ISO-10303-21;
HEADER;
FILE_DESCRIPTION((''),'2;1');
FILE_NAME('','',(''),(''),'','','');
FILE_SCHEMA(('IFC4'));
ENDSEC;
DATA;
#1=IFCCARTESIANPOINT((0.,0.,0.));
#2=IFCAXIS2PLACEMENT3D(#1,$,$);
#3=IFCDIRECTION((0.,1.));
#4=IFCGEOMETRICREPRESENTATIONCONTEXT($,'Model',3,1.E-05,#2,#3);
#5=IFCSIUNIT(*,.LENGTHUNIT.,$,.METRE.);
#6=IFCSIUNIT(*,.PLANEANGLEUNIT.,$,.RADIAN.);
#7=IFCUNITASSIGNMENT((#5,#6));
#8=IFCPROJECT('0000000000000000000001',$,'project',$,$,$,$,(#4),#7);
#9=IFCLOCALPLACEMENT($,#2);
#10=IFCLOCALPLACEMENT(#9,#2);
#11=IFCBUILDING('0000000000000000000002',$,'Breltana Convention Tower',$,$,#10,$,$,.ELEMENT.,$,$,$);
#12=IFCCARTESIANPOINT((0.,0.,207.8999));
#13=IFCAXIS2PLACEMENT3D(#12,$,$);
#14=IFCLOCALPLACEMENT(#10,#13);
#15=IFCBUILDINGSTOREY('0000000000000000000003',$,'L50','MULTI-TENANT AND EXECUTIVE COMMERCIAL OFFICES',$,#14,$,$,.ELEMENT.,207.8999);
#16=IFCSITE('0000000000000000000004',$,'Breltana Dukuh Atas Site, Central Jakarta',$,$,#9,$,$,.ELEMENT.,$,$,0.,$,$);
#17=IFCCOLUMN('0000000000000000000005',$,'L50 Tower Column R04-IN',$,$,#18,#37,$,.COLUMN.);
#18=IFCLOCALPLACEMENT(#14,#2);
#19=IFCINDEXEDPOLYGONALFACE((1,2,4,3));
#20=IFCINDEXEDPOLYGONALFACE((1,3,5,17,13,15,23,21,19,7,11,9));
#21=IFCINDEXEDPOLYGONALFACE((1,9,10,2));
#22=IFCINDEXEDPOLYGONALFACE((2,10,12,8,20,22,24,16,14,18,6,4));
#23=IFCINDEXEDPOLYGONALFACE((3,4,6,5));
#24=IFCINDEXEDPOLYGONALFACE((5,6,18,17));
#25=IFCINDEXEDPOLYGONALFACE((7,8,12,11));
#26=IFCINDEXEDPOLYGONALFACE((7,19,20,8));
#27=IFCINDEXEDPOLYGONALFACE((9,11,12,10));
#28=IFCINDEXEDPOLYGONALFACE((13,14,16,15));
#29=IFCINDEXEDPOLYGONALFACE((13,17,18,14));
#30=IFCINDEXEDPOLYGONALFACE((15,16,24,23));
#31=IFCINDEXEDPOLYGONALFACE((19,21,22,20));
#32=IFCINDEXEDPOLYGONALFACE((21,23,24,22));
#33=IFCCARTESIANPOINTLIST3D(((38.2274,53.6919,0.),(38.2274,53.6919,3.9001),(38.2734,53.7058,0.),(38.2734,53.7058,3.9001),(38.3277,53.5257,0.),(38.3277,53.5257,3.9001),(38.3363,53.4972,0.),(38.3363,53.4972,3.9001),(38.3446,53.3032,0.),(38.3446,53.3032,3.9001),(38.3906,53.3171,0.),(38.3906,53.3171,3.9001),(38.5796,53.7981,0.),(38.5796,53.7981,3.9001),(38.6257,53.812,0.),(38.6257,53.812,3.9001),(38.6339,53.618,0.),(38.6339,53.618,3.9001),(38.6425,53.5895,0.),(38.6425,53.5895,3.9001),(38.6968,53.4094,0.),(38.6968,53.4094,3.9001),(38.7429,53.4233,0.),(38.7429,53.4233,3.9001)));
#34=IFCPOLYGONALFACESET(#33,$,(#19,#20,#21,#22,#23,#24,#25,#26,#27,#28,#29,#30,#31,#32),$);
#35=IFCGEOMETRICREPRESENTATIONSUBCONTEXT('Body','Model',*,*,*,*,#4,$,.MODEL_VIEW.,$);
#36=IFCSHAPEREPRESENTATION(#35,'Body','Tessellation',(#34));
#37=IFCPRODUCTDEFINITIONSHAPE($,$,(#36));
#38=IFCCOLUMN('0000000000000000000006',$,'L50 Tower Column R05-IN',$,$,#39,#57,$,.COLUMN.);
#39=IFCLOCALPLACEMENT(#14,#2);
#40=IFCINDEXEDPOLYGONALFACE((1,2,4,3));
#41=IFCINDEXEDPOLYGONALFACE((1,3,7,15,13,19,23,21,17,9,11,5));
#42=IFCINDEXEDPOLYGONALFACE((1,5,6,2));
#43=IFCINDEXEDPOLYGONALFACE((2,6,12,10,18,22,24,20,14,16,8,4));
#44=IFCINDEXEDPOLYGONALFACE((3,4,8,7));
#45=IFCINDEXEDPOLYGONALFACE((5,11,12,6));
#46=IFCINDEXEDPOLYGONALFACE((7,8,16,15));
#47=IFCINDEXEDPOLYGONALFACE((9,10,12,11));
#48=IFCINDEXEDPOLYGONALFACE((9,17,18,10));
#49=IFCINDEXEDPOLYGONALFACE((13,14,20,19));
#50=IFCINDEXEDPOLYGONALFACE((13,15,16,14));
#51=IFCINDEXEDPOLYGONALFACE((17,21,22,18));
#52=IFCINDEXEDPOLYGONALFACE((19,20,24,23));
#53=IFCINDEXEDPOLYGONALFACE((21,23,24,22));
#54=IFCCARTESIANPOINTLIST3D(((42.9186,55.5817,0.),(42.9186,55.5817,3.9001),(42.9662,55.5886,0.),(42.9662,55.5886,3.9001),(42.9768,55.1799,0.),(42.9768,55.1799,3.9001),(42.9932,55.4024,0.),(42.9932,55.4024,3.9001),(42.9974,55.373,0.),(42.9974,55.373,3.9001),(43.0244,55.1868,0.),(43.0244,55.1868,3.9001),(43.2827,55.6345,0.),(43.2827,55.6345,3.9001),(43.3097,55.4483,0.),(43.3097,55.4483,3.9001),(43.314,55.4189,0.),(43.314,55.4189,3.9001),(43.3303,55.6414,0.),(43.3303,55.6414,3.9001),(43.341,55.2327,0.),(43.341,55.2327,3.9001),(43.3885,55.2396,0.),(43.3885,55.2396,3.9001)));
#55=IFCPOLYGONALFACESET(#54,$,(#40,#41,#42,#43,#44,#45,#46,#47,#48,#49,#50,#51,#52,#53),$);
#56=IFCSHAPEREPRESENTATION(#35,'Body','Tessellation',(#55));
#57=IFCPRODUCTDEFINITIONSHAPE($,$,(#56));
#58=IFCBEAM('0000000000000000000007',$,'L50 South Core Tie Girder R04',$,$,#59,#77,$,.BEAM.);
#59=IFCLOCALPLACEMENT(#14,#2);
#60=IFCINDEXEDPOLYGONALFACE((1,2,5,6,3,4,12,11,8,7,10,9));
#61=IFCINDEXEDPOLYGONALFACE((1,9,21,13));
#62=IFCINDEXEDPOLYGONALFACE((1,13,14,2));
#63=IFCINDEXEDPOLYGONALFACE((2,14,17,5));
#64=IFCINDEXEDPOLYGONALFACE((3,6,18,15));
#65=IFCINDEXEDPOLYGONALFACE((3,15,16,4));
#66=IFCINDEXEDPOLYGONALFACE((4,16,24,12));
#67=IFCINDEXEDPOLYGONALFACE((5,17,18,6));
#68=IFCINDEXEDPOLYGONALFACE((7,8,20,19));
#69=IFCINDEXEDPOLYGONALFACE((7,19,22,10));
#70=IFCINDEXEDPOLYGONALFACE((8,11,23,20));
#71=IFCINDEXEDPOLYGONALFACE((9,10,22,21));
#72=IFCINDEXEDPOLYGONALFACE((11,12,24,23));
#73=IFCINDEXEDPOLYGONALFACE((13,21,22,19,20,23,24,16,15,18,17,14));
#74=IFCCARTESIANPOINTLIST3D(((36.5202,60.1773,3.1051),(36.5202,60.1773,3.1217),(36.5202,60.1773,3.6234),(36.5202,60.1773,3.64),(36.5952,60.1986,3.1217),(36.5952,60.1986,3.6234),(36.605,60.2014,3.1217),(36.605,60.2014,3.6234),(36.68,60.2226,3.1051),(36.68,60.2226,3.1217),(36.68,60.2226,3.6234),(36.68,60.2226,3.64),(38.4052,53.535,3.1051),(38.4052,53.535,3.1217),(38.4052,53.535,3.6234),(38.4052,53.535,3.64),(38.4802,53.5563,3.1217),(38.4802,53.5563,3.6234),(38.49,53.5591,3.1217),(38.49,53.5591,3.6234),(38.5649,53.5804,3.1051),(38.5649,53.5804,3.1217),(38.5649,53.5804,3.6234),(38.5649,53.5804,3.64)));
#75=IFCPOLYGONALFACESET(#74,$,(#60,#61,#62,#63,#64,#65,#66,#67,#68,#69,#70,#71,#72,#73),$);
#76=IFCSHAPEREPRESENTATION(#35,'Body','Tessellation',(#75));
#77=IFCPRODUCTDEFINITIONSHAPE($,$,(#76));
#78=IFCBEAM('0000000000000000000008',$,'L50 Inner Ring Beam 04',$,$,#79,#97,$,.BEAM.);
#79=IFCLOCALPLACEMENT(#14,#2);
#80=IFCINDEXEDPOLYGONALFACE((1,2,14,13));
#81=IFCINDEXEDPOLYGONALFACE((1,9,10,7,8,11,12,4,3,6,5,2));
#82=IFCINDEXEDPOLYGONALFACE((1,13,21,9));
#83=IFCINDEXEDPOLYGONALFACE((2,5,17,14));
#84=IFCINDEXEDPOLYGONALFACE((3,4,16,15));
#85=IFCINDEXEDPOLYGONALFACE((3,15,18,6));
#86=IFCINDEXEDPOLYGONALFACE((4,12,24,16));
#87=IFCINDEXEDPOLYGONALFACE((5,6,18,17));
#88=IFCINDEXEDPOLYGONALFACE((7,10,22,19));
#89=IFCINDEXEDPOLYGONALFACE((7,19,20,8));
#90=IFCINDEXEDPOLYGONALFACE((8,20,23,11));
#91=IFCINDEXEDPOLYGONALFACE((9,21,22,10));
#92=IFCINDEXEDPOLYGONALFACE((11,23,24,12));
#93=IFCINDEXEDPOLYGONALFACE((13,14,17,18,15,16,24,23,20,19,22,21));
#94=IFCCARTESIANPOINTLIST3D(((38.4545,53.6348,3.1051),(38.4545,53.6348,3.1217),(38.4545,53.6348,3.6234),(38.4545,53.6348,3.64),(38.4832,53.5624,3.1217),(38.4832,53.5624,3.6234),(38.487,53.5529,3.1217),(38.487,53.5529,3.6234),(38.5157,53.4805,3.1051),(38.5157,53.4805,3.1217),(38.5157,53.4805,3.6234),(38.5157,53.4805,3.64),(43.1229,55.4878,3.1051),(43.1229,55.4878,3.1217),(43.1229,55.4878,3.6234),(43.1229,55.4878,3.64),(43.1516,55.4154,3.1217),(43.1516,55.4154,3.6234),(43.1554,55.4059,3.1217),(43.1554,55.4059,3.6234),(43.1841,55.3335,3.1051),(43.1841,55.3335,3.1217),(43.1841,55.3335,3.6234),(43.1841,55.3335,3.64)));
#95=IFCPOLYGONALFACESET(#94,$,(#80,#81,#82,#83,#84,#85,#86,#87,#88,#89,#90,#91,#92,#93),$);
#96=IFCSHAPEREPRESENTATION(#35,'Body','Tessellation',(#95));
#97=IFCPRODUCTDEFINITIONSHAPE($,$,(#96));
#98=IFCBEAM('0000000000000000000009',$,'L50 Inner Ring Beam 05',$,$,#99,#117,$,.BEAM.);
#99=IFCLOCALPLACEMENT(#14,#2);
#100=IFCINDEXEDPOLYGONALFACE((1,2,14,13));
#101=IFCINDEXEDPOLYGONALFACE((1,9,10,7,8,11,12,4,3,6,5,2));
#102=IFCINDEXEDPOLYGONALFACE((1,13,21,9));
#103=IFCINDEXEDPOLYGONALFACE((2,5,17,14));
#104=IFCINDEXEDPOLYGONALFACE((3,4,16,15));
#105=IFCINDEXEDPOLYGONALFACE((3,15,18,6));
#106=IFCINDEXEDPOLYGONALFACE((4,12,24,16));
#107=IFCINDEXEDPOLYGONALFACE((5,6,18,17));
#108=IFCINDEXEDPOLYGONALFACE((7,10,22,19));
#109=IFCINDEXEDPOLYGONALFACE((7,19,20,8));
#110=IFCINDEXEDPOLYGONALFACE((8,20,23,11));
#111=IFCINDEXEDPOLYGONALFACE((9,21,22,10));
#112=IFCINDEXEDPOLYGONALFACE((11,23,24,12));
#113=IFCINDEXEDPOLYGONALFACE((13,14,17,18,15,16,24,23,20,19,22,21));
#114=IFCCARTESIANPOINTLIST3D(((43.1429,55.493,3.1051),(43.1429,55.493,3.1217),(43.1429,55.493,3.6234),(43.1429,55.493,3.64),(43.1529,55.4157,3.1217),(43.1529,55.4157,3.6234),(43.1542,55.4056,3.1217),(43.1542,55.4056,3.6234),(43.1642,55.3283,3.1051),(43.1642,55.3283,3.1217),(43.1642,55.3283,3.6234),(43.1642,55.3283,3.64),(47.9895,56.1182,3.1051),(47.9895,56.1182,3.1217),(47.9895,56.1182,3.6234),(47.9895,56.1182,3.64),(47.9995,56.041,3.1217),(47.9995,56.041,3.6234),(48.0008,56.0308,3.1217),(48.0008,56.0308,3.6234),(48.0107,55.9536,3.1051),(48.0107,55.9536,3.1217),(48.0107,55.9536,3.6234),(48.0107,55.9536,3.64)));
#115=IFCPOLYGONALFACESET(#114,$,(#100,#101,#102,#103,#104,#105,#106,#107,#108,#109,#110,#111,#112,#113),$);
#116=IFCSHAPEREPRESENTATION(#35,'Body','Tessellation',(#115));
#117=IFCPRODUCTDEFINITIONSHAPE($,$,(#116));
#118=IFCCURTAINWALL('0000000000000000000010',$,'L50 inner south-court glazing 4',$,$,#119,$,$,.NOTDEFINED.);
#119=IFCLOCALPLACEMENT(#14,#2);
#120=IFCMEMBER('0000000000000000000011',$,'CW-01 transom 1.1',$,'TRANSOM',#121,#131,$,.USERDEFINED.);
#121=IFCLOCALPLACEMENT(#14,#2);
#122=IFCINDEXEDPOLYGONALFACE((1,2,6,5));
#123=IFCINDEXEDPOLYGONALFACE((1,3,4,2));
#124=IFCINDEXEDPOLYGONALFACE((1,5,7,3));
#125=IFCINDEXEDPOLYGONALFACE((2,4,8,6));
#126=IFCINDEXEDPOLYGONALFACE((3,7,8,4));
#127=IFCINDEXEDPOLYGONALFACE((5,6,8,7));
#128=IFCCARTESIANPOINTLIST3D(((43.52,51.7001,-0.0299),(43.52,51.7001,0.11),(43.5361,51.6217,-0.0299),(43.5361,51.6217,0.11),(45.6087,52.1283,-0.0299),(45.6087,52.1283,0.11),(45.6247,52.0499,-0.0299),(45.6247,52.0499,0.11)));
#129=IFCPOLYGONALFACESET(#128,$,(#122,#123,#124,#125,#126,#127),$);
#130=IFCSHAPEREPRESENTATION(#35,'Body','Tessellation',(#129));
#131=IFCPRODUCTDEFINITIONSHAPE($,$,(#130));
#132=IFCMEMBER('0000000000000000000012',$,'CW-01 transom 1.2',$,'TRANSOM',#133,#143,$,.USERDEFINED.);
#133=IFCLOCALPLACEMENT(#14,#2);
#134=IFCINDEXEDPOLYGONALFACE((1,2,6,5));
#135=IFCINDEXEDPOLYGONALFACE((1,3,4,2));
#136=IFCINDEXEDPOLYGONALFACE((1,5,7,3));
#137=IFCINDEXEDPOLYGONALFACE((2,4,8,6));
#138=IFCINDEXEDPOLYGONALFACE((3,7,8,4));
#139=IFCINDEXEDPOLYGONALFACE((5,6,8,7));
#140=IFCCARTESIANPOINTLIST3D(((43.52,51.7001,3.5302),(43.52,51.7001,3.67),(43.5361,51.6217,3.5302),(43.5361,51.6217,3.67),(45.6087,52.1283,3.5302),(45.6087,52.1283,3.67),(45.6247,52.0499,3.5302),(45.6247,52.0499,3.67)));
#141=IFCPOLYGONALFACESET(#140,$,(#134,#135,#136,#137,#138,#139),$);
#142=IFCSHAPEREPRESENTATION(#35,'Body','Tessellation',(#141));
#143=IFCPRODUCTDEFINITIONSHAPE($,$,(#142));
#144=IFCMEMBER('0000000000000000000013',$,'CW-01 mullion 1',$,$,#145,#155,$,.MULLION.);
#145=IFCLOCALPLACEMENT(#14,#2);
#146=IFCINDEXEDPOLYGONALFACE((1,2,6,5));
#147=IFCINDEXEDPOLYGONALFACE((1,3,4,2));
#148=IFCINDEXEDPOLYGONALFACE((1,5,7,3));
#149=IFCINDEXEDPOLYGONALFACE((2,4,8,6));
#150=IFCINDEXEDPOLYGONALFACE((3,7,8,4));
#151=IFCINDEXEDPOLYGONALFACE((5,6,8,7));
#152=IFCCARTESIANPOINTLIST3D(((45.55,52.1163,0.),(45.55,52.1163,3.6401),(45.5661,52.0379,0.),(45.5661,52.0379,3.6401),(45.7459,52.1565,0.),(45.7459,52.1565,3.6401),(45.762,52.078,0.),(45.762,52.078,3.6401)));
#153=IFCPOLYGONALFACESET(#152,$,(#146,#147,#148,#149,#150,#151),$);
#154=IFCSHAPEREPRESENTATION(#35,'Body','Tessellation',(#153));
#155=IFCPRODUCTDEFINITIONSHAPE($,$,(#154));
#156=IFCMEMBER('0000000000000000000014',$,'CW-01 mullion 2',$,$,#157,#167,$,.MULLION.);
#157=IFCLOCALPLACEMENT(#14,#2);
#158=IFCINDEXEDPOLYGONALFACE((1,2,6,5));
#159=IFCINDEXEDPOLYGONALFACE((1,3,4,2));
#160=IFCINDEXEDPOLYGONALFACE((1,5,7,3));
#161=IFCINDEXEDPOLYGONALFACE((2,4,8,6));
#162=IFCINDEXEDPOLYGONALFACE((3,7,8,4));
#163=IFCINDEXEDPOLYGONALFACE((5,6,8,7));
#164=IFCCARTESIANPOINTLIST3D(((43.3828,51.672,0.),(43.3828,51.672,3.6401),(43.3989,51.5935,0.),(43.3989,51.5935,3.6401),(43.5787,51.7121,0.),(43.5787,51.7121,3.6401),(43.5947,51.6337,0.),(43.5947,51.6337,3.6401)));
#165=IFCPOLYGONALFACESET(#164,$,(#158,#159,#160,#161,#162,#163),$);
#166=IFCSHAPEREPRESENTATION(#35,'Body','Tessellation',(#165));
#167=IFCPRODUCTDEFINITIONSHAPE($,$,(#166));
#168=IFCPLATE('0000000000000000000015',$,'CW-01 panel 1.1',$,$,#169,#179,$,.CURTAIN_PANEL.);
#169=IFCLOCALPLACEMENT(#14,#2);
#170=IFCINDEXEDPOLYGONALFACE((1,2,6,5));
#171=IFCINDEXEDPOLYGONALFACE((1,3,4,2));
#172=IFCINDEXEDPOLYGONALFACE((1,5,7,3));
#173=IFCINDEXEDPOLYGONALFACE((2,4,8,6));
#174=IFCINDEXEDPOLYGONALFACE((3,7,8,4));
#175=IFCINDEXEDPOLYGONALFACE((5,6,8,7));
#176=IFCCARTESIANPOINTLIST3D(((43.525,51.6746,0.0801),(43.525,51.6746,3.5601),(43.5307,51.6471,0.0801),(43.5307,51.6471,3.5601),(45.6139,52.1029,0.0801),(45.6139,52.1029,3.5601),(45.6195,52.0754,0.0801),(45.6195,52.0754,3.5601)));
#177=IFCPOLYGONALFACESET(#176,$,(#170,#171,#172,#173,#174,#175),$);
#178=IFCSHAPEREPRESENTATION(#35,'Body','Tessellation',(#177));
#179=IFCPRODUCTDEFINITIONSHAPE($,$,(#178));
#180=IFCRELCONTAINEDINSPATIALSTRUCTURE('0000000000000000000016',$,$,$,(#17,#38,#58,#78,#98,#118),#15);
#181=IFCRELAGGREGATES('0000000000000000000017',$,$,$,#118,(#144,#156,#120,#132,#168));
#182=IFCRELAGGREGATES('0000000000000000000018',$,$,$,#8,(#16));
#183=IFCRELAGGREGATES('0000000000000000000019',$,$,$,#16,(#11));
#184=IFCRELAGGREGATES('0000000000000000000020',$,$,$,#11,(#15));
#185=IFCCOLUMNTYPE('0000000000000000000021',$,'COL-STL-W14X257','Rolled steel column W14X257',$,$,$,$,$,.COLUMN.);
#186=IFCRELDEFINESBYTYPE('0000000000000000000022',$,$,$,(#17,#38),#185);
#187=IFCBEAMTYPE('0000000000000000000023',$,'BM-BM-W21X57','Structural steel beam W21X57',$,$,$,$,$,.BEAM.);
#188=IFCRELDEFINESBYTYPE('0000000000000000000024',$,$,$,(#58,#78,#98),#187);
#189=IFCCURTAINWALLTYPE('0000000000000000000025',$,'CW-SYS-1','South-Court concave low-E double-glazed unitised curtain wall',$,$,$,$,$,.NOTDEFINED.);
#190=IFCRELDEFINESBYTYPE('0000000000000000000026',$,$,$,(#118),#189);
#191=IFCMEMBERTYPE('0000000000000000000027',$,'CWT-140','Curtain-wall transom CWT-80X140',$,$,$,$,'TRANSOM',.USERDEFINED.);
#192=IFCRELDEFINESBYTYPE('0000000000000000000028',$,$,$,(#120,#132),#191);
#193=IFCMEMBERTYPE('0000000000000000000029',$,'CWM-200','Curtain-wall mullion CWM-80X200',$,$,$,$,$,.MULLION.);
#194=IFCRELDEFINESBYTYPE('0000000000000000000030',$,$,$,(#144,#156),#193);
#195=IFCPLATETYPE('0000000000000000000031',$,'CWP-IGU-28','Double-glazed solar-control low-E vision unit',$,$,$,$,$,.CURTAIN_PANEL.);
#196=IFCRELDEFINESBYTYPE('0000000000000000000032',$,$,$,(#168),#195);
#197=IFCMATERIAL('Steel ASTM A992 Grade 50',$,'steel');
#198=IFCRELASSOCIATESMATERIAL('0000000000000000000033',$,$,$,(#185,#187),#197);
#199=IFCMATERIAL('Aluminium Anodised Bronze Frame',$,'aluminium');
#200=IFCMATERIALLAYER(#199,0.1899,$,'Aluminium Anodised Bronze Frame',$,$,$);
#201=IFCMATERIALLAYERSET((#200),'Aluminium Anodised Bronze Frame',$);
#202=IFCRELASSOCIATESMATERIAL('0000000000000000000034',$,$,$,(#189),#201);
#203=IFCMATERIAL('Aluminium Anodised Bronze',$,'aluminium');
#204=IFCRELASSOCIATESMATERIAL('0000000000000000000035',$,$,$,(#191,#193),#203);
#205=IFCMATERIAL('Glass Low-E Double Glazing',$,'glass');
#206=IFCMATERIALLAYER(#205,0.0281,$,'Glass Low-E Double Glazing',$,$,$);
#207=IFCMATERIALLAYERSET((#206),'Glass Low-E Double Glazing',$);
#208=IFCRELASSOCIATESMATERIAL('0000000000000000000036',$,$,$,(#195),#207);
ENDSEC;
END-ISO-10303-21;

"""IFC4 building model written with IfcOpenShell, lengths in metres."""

from ifc_helpers import new_model, si_unit, direction, frame, origin, origin_2d, place, context, subcontext, project, spatial, rectangle, i_section, extrude, source, transform, mapped, material, layer, layer_set, material_profile, profile_set, type_object, type_shapes, element, aggregate, save


model = new_model("IFC4")

# Units and contexts
model_context = context("Model", 3, precision=1e-05, world=origin(), true_north=direction((0.0, 1.0)))
body_context = subcontext(model_context, "Body", "Model", "MODEL_VIEW")
ifc_project = project(units=[si_unit("LENGTHUNIT", "METRE"), si_unit("PLANEANGLEUNIT", "RADIAN")], contexts=[model_context])

# Site, building, storey
site_placement = place(None, origin())
site = spatial("IfcSite", under=ifc_project, at=site_placement, Name="Breltana Dukuh Atas Site, Central Jakarta", CompositionType="ELEMENT", RefElevation=0.0)
building_placement = place(site_placement, origin())
building = spatial("IfcBuilding", under=site, at=building_placement, Name="Breltana Convention Tower", CompositionType="ELEMENT")
storey_placement = place(building_placement, frame((0.0, 0.0, 207.8999)))
storey = spatial("IfcBuildingStorey", under=building, at=storey_placement, Name="L50", Description="MULTI-TENANT AND EXECUTIVE COMMERCIAL OFFICES", CompositionType="ELEMENT", Elevation=207.8999)

# Columns
ifc_material_1 = material(Name="Steel ASTM A992 Grade 50", Category="steel")
ifc_material_profile_1 = material_profile(ifc_material_1, i_section(OverallWidth=0.406, OverallDepth=0.416, WebThickness=0.0298, FlangeThickness=0.0481, at=origin_2d()), Name="W14X257")
ifc_profile_set_1 = profile_set([ifc_material_profile_1], Name="Steel ASTM A992 Grade 50")
column_type = type_object("IfcColumnType", Name="COL-STL-W14X257", Description="Rolled steel column W14X257", PredefinedType="COLUMN", material=ifc_profile_set_1)
shared_shape_1 = source(origin(), body_context, "Body", "SweptSolid", [
    extrude(i_section(OverallWidth=0.406, OverallDepth=0.416, WebThickness=0.0298, FlangeThickness=0.0481, at=origin_2d()), origin(), (0.0, 0.0, 1.0), 3.9001),
])
for number, where, z_axis, x_axis, name in (
    (1, (38.4851, 53.5576, 0.0), (0.0, 0.0, 1.0), (-0.288698, 0.95742, 0.0), "L50 Tower Column R04-IN"),
    (2, (43.1536, 55.4106, 0.0), (0.0, 0.0, 1.0), (-0.143493, 0.989651, 0.0), "L50 Tower Column R05-IN"),
):
    element("IfcColumn", number, at=place(storey_placement, frame(where, z_axis=z_axis, x_axis=x_axis)), inside=storey, type_object=column_type, Name=name, PredefinedType="COLUMN", context=body_context, shape_type="MappedRepresentation", body=[
        mapped(shared_shape_1, transform((0.0, 0.0, 0.0), scale=1.0)),
    ])

# Beams
ifc_material_profile_2 = material_profile(ifc_material_1, i_section(OverallWidth=0.166, OverallDepth=0.5349, WebThickness=0.0103, FlangeThickness=0.0166, at=origin_2d()), Name="W21X57")
ifc_profile_set_2 = profile_set([ifc_material_profile_2], Name="Steel ASTM A992 Grade 50")
beam_type = type_object("IfcBeamType", Name="BM-BM-W21X57", Description="Structural steel beam W21X57", PredefinedType="BEAM", material=ifc_profile_set_2)
shared_shape_2 = source(origin(), body_context, "Body", "SweptSolid", [
    extrude(i_section(OverallWidth=0.166, OverallDepth=0.5349, WebThickness=0.0103, FlangeThickness=0.0166, at=origin_2d()), origin(), (0.0, 0.0, 1.0), 6.9045),
])
type_shapes(beam_type, [shared_shape_2])
beam_1_placement = place(storey_placement, frame((36.6001, 60.2, 3.3726), z_axis=(0.273007, -0.962012, 0.0), x_axis=(0.962012, 0.273007, 0.0)))
element("IfcBeam", 3, at=beam_1_placement, inside=storey, type_object=beam_type, Name="L50 South Core Tie Girder R04", PredefinedType="BEAM", context=body_context, shape_type="MappedRepresentation", body=[
    mapped(shared_shape_2, transform((0.0, 0.0, 0.0), scale=1.0)),
])
shared_shape_3 = source(origin(), body_context, "Body", "SweptSolid", [
    extrude(i_section(OverallWidth=0.166, OverallDepth=0.5349, WebThickness=0.0103, FlangeThickness=0.0166, at=origin_2d()), origin(), (0.0, 0.0, 1.0), 5.0227),
])
beam_2_placement = place(storey_placement, frame((38.4851, 53.5576, 3.3726), z_axis=(0.929459, 0.368926, 0.0), x_axis=(-0.368926, 0.929459, 0.0)))
element("IfcBeam", 4, at=beam_2_placement, inside=storey, type_object=beam_type, Name="L50 Inner Ring Beam 04", PredefinedType="BEAM", context=body_context, shape_type="MappedRepresentation", body=[
    mapped(shared_shape_3, transform((0.0, 0.0, 0.0), scale=1.0)),
])
shared_shape_4 = source(origin(), body_context, "Body", "SweptSolid", [
    extrude(i_section(OverallWidth=0.166, OverallDepth=0.5349, WebThickness=0.0103, FlangeThickness=0.0166, at=origin_2d()), origin(), (0.0, 0.0, 1.0), 4.8867),
])
beam_3_placement = place(storey_placement, frame((43.1536, 55.4106, 3.3726), z_axis=(0.991781, 0.127951, 0.0), x_axis=(-0.127951, 0.991781, 0.0)))
element("IfcBeam", 5, at=beam_3_placement, inside=storey, type_object=beam_type, Name="L50 Inner Ring Beam 05", PredefinedType="BEAM", context=body_context, shape_type="MappedRepresentation", body=[
    mapped(shared_shape_4, transform((0.0, 0.0, 0.0), scale=1.0)),
])

# Curtain wall, members, plate
ifc_material_2 = material(Name="Aluminium Anodised Bronze Frame", Category="aluminium")
ifc_layer_1 = layer(ifc_material_2, 0.1899, Name="Aluminium Anodised Bronze Frame")
ifc_layer_set_1 = layer_set([ifc_layer_1], Name="Aluminium Anodised Bronze Frame")
curtain_wall_type = type_object("IfcCurtainWallType", Name="CW-SYS-1", Description="South-Court concave low-E double-glazed unitised curtain wall", PredefinedType="NOTDEFINED", material=ifc_layer_set_1)
curtain_wall_placement = place(storey_placement, origin())
curtain_wall = element("IfcCurtainWall", 6, at=curtain_wall_placement, inside=storey, type_object=curtain_wall_type, Name="L50 inner south-court glazing 4", PredefinedType="NOTDEFINED")
ifc_material_3 = material(Name="Aluminium Anodised Bronze", Category="aluminium")
ifc_material_profile_3 = material_profile(ifc_material_3, rectangle(XDim=0.0801, YDim=0.1399, at=origin_2d()), Name="CWT-80X140")
ifc_profile_set_3 = profile_set([ifc_material_profile_3], Name="Aluminium Anodised Bronze")
member_type_1 = type_object("IfcMemberType", Name="CWT-140", Description="Curtain-wall transom CWT-80X140", ElementType="TRANSOM", PredefinedType="USERDEFINED", material=ifc_profile_set_3)
shared_shape_5 = source(origin(), body_context, "Body", "SweptSolid", [
    extrude(rectangle(XDim=0.0801, YDim=0.1399, at=origin_2d()), origin(), (0.0, 0.0, 1.0), 2.1321),
])
member_1_placement = place(storey_placement, frame((45.6167, 52.0891, 0.04), z_axis=(-0.979622, -0.200848, 0.0), x_axis=(0.200848, -0.979622, 0.0)))
member_1 = element("IfcMember", 7, at=member_1_placement, type_object=member_type_1, Name="CW-01 transom 1.1", ObjectType="TRANSOM", PredefinedType="USERDEFINED", context=body_context, shape_type="MappedRepresentation", body=[
    mapped(shared_shape_5, transform((0.0, 0.0, 0.0), scale=1.0)),
])
member_2_placement = place(storey_placement, frame((45.6167, 52.0891, 3.6001), z_axis=(-0.979622, -0.200848, 0.0), x_axis=(0.200848, -0.979622, 0.0)))
member_2 = element("IfcMember", 8, at=member_2_placement, type_object=member_type_1, Name="CW-01 transom 1.2", ObjectType="TRANSOM", PredefinedType="USERDEFINED", context=body_context, shape_type="MappedRepresentation", body=[
    mapped(shared_shape_5, transform((0.0, 0.0, 0.0), scale=1.0)),
])
ifc_material_profile_4 = material_profile(ifc_material_3, rectangle(XDim=0.0801, YDim=0.2, at=origin_2d()), Name="CWM-80X200")
ifc_profile_set_4 = profile_set([ifc_material_profile_4], Name="Aluminium Anodised Bronze")
member_type_2 = type_object("IfcMemberType", Name="CWM-200", Description="Curtain-wall mullion CWM-80X200", PredefinedType="MULLION", material=ifc_profile_set_4)
shared_shape_6 = source(origin(), body_context, "Body", "SweptSolid", [
    extrude(rectangle(XDim=0.0801, YDim=0.2, at=origin_2d()), origin(), (0.0, 0.0, 1.0), 3.6401),
])
member_3_placement = place(storey_placement, frame((45.656, 52.0972, 0.0), z_axis=(0.0, 0.0, 1.0), x_axis=(0.200854, -0.979621, 0.0)))
member_3 = element("IfcMember", 9, at=member_3_placement, type_object=member_type_2, Name="CW-01 mullion 1", PredefinedType="MULLION", context=body_context, shape_type="MappedRepresentation", body=[
    mapped(shared_shape_6, transform((0.0, 0.0, 0.0), scale=1.0)),
])
member_4_placement = place(storey_placement, frame((43.4888, 51.6528, 0.0), z_axis=(0.0, 0.0, 1.0), x_axis=(0.200854, -0.979621, 0.0)))
member_4 = element("IfcMember", 10, at=member_4_placement, type_object=member_type_2, Name="CW-01 mullion 2", PredefinedType="MULLION", context=body_context, shape_type="MappedRepresentation", body=[
    mapped(shared_shape_6, transform((0.0, 0.0, 0.0), scale=1.0)),
])
ifc_material_4 = material(Name="Glass Low-E Double Glazing", Category="glass")
ifc_layer_2 = layer(ifc_material_4, 0.0281, Name="Glass Low-E Double Glazing")
ifc_layer_set_2 = layer_set([ifc_layer_2], Name="Glass Low-E Double Glazing")
plate_type = type_object("IfcPlateType", Name="CWP-IGU-28", Description="Double-glazed solar-control low-E vision unit", PredefinedType="CURTAIN_PANEL", material=ifc_layer_set_2)
shared_shape_7 = source(origin(), body_context, "Body", "SweptSolid", [
    extrude(rectangle(XDim=2.1323, YDim=0.0281, at=origin_2d()), origin(), (0.0, 0.0, 1.0), 3.48),
])
plate_placement = place(storey_placement, frame((44.5723, 51.875, 0.0801), z_axis=(0.0, 0.0, 1.0), x_axis=(-0.979621, -0.200854, 0.0)))
plate = element("IfcPlate", 11, at=plate_placement, type_object=plate_type, Name="CW-01 panel 1.1", PredefinedType="CURTAIN_PANEL", context=body_context, shape_type="MappedRepresentation", body=[
    mapped(shared_shape_7, transform((0.0, 0.0, 0.0), scale=1.0)),
])
aggregate(curtain_wall, [member_3, member_4, member_1, member_2, plate])

save(model, "model.ifc")
